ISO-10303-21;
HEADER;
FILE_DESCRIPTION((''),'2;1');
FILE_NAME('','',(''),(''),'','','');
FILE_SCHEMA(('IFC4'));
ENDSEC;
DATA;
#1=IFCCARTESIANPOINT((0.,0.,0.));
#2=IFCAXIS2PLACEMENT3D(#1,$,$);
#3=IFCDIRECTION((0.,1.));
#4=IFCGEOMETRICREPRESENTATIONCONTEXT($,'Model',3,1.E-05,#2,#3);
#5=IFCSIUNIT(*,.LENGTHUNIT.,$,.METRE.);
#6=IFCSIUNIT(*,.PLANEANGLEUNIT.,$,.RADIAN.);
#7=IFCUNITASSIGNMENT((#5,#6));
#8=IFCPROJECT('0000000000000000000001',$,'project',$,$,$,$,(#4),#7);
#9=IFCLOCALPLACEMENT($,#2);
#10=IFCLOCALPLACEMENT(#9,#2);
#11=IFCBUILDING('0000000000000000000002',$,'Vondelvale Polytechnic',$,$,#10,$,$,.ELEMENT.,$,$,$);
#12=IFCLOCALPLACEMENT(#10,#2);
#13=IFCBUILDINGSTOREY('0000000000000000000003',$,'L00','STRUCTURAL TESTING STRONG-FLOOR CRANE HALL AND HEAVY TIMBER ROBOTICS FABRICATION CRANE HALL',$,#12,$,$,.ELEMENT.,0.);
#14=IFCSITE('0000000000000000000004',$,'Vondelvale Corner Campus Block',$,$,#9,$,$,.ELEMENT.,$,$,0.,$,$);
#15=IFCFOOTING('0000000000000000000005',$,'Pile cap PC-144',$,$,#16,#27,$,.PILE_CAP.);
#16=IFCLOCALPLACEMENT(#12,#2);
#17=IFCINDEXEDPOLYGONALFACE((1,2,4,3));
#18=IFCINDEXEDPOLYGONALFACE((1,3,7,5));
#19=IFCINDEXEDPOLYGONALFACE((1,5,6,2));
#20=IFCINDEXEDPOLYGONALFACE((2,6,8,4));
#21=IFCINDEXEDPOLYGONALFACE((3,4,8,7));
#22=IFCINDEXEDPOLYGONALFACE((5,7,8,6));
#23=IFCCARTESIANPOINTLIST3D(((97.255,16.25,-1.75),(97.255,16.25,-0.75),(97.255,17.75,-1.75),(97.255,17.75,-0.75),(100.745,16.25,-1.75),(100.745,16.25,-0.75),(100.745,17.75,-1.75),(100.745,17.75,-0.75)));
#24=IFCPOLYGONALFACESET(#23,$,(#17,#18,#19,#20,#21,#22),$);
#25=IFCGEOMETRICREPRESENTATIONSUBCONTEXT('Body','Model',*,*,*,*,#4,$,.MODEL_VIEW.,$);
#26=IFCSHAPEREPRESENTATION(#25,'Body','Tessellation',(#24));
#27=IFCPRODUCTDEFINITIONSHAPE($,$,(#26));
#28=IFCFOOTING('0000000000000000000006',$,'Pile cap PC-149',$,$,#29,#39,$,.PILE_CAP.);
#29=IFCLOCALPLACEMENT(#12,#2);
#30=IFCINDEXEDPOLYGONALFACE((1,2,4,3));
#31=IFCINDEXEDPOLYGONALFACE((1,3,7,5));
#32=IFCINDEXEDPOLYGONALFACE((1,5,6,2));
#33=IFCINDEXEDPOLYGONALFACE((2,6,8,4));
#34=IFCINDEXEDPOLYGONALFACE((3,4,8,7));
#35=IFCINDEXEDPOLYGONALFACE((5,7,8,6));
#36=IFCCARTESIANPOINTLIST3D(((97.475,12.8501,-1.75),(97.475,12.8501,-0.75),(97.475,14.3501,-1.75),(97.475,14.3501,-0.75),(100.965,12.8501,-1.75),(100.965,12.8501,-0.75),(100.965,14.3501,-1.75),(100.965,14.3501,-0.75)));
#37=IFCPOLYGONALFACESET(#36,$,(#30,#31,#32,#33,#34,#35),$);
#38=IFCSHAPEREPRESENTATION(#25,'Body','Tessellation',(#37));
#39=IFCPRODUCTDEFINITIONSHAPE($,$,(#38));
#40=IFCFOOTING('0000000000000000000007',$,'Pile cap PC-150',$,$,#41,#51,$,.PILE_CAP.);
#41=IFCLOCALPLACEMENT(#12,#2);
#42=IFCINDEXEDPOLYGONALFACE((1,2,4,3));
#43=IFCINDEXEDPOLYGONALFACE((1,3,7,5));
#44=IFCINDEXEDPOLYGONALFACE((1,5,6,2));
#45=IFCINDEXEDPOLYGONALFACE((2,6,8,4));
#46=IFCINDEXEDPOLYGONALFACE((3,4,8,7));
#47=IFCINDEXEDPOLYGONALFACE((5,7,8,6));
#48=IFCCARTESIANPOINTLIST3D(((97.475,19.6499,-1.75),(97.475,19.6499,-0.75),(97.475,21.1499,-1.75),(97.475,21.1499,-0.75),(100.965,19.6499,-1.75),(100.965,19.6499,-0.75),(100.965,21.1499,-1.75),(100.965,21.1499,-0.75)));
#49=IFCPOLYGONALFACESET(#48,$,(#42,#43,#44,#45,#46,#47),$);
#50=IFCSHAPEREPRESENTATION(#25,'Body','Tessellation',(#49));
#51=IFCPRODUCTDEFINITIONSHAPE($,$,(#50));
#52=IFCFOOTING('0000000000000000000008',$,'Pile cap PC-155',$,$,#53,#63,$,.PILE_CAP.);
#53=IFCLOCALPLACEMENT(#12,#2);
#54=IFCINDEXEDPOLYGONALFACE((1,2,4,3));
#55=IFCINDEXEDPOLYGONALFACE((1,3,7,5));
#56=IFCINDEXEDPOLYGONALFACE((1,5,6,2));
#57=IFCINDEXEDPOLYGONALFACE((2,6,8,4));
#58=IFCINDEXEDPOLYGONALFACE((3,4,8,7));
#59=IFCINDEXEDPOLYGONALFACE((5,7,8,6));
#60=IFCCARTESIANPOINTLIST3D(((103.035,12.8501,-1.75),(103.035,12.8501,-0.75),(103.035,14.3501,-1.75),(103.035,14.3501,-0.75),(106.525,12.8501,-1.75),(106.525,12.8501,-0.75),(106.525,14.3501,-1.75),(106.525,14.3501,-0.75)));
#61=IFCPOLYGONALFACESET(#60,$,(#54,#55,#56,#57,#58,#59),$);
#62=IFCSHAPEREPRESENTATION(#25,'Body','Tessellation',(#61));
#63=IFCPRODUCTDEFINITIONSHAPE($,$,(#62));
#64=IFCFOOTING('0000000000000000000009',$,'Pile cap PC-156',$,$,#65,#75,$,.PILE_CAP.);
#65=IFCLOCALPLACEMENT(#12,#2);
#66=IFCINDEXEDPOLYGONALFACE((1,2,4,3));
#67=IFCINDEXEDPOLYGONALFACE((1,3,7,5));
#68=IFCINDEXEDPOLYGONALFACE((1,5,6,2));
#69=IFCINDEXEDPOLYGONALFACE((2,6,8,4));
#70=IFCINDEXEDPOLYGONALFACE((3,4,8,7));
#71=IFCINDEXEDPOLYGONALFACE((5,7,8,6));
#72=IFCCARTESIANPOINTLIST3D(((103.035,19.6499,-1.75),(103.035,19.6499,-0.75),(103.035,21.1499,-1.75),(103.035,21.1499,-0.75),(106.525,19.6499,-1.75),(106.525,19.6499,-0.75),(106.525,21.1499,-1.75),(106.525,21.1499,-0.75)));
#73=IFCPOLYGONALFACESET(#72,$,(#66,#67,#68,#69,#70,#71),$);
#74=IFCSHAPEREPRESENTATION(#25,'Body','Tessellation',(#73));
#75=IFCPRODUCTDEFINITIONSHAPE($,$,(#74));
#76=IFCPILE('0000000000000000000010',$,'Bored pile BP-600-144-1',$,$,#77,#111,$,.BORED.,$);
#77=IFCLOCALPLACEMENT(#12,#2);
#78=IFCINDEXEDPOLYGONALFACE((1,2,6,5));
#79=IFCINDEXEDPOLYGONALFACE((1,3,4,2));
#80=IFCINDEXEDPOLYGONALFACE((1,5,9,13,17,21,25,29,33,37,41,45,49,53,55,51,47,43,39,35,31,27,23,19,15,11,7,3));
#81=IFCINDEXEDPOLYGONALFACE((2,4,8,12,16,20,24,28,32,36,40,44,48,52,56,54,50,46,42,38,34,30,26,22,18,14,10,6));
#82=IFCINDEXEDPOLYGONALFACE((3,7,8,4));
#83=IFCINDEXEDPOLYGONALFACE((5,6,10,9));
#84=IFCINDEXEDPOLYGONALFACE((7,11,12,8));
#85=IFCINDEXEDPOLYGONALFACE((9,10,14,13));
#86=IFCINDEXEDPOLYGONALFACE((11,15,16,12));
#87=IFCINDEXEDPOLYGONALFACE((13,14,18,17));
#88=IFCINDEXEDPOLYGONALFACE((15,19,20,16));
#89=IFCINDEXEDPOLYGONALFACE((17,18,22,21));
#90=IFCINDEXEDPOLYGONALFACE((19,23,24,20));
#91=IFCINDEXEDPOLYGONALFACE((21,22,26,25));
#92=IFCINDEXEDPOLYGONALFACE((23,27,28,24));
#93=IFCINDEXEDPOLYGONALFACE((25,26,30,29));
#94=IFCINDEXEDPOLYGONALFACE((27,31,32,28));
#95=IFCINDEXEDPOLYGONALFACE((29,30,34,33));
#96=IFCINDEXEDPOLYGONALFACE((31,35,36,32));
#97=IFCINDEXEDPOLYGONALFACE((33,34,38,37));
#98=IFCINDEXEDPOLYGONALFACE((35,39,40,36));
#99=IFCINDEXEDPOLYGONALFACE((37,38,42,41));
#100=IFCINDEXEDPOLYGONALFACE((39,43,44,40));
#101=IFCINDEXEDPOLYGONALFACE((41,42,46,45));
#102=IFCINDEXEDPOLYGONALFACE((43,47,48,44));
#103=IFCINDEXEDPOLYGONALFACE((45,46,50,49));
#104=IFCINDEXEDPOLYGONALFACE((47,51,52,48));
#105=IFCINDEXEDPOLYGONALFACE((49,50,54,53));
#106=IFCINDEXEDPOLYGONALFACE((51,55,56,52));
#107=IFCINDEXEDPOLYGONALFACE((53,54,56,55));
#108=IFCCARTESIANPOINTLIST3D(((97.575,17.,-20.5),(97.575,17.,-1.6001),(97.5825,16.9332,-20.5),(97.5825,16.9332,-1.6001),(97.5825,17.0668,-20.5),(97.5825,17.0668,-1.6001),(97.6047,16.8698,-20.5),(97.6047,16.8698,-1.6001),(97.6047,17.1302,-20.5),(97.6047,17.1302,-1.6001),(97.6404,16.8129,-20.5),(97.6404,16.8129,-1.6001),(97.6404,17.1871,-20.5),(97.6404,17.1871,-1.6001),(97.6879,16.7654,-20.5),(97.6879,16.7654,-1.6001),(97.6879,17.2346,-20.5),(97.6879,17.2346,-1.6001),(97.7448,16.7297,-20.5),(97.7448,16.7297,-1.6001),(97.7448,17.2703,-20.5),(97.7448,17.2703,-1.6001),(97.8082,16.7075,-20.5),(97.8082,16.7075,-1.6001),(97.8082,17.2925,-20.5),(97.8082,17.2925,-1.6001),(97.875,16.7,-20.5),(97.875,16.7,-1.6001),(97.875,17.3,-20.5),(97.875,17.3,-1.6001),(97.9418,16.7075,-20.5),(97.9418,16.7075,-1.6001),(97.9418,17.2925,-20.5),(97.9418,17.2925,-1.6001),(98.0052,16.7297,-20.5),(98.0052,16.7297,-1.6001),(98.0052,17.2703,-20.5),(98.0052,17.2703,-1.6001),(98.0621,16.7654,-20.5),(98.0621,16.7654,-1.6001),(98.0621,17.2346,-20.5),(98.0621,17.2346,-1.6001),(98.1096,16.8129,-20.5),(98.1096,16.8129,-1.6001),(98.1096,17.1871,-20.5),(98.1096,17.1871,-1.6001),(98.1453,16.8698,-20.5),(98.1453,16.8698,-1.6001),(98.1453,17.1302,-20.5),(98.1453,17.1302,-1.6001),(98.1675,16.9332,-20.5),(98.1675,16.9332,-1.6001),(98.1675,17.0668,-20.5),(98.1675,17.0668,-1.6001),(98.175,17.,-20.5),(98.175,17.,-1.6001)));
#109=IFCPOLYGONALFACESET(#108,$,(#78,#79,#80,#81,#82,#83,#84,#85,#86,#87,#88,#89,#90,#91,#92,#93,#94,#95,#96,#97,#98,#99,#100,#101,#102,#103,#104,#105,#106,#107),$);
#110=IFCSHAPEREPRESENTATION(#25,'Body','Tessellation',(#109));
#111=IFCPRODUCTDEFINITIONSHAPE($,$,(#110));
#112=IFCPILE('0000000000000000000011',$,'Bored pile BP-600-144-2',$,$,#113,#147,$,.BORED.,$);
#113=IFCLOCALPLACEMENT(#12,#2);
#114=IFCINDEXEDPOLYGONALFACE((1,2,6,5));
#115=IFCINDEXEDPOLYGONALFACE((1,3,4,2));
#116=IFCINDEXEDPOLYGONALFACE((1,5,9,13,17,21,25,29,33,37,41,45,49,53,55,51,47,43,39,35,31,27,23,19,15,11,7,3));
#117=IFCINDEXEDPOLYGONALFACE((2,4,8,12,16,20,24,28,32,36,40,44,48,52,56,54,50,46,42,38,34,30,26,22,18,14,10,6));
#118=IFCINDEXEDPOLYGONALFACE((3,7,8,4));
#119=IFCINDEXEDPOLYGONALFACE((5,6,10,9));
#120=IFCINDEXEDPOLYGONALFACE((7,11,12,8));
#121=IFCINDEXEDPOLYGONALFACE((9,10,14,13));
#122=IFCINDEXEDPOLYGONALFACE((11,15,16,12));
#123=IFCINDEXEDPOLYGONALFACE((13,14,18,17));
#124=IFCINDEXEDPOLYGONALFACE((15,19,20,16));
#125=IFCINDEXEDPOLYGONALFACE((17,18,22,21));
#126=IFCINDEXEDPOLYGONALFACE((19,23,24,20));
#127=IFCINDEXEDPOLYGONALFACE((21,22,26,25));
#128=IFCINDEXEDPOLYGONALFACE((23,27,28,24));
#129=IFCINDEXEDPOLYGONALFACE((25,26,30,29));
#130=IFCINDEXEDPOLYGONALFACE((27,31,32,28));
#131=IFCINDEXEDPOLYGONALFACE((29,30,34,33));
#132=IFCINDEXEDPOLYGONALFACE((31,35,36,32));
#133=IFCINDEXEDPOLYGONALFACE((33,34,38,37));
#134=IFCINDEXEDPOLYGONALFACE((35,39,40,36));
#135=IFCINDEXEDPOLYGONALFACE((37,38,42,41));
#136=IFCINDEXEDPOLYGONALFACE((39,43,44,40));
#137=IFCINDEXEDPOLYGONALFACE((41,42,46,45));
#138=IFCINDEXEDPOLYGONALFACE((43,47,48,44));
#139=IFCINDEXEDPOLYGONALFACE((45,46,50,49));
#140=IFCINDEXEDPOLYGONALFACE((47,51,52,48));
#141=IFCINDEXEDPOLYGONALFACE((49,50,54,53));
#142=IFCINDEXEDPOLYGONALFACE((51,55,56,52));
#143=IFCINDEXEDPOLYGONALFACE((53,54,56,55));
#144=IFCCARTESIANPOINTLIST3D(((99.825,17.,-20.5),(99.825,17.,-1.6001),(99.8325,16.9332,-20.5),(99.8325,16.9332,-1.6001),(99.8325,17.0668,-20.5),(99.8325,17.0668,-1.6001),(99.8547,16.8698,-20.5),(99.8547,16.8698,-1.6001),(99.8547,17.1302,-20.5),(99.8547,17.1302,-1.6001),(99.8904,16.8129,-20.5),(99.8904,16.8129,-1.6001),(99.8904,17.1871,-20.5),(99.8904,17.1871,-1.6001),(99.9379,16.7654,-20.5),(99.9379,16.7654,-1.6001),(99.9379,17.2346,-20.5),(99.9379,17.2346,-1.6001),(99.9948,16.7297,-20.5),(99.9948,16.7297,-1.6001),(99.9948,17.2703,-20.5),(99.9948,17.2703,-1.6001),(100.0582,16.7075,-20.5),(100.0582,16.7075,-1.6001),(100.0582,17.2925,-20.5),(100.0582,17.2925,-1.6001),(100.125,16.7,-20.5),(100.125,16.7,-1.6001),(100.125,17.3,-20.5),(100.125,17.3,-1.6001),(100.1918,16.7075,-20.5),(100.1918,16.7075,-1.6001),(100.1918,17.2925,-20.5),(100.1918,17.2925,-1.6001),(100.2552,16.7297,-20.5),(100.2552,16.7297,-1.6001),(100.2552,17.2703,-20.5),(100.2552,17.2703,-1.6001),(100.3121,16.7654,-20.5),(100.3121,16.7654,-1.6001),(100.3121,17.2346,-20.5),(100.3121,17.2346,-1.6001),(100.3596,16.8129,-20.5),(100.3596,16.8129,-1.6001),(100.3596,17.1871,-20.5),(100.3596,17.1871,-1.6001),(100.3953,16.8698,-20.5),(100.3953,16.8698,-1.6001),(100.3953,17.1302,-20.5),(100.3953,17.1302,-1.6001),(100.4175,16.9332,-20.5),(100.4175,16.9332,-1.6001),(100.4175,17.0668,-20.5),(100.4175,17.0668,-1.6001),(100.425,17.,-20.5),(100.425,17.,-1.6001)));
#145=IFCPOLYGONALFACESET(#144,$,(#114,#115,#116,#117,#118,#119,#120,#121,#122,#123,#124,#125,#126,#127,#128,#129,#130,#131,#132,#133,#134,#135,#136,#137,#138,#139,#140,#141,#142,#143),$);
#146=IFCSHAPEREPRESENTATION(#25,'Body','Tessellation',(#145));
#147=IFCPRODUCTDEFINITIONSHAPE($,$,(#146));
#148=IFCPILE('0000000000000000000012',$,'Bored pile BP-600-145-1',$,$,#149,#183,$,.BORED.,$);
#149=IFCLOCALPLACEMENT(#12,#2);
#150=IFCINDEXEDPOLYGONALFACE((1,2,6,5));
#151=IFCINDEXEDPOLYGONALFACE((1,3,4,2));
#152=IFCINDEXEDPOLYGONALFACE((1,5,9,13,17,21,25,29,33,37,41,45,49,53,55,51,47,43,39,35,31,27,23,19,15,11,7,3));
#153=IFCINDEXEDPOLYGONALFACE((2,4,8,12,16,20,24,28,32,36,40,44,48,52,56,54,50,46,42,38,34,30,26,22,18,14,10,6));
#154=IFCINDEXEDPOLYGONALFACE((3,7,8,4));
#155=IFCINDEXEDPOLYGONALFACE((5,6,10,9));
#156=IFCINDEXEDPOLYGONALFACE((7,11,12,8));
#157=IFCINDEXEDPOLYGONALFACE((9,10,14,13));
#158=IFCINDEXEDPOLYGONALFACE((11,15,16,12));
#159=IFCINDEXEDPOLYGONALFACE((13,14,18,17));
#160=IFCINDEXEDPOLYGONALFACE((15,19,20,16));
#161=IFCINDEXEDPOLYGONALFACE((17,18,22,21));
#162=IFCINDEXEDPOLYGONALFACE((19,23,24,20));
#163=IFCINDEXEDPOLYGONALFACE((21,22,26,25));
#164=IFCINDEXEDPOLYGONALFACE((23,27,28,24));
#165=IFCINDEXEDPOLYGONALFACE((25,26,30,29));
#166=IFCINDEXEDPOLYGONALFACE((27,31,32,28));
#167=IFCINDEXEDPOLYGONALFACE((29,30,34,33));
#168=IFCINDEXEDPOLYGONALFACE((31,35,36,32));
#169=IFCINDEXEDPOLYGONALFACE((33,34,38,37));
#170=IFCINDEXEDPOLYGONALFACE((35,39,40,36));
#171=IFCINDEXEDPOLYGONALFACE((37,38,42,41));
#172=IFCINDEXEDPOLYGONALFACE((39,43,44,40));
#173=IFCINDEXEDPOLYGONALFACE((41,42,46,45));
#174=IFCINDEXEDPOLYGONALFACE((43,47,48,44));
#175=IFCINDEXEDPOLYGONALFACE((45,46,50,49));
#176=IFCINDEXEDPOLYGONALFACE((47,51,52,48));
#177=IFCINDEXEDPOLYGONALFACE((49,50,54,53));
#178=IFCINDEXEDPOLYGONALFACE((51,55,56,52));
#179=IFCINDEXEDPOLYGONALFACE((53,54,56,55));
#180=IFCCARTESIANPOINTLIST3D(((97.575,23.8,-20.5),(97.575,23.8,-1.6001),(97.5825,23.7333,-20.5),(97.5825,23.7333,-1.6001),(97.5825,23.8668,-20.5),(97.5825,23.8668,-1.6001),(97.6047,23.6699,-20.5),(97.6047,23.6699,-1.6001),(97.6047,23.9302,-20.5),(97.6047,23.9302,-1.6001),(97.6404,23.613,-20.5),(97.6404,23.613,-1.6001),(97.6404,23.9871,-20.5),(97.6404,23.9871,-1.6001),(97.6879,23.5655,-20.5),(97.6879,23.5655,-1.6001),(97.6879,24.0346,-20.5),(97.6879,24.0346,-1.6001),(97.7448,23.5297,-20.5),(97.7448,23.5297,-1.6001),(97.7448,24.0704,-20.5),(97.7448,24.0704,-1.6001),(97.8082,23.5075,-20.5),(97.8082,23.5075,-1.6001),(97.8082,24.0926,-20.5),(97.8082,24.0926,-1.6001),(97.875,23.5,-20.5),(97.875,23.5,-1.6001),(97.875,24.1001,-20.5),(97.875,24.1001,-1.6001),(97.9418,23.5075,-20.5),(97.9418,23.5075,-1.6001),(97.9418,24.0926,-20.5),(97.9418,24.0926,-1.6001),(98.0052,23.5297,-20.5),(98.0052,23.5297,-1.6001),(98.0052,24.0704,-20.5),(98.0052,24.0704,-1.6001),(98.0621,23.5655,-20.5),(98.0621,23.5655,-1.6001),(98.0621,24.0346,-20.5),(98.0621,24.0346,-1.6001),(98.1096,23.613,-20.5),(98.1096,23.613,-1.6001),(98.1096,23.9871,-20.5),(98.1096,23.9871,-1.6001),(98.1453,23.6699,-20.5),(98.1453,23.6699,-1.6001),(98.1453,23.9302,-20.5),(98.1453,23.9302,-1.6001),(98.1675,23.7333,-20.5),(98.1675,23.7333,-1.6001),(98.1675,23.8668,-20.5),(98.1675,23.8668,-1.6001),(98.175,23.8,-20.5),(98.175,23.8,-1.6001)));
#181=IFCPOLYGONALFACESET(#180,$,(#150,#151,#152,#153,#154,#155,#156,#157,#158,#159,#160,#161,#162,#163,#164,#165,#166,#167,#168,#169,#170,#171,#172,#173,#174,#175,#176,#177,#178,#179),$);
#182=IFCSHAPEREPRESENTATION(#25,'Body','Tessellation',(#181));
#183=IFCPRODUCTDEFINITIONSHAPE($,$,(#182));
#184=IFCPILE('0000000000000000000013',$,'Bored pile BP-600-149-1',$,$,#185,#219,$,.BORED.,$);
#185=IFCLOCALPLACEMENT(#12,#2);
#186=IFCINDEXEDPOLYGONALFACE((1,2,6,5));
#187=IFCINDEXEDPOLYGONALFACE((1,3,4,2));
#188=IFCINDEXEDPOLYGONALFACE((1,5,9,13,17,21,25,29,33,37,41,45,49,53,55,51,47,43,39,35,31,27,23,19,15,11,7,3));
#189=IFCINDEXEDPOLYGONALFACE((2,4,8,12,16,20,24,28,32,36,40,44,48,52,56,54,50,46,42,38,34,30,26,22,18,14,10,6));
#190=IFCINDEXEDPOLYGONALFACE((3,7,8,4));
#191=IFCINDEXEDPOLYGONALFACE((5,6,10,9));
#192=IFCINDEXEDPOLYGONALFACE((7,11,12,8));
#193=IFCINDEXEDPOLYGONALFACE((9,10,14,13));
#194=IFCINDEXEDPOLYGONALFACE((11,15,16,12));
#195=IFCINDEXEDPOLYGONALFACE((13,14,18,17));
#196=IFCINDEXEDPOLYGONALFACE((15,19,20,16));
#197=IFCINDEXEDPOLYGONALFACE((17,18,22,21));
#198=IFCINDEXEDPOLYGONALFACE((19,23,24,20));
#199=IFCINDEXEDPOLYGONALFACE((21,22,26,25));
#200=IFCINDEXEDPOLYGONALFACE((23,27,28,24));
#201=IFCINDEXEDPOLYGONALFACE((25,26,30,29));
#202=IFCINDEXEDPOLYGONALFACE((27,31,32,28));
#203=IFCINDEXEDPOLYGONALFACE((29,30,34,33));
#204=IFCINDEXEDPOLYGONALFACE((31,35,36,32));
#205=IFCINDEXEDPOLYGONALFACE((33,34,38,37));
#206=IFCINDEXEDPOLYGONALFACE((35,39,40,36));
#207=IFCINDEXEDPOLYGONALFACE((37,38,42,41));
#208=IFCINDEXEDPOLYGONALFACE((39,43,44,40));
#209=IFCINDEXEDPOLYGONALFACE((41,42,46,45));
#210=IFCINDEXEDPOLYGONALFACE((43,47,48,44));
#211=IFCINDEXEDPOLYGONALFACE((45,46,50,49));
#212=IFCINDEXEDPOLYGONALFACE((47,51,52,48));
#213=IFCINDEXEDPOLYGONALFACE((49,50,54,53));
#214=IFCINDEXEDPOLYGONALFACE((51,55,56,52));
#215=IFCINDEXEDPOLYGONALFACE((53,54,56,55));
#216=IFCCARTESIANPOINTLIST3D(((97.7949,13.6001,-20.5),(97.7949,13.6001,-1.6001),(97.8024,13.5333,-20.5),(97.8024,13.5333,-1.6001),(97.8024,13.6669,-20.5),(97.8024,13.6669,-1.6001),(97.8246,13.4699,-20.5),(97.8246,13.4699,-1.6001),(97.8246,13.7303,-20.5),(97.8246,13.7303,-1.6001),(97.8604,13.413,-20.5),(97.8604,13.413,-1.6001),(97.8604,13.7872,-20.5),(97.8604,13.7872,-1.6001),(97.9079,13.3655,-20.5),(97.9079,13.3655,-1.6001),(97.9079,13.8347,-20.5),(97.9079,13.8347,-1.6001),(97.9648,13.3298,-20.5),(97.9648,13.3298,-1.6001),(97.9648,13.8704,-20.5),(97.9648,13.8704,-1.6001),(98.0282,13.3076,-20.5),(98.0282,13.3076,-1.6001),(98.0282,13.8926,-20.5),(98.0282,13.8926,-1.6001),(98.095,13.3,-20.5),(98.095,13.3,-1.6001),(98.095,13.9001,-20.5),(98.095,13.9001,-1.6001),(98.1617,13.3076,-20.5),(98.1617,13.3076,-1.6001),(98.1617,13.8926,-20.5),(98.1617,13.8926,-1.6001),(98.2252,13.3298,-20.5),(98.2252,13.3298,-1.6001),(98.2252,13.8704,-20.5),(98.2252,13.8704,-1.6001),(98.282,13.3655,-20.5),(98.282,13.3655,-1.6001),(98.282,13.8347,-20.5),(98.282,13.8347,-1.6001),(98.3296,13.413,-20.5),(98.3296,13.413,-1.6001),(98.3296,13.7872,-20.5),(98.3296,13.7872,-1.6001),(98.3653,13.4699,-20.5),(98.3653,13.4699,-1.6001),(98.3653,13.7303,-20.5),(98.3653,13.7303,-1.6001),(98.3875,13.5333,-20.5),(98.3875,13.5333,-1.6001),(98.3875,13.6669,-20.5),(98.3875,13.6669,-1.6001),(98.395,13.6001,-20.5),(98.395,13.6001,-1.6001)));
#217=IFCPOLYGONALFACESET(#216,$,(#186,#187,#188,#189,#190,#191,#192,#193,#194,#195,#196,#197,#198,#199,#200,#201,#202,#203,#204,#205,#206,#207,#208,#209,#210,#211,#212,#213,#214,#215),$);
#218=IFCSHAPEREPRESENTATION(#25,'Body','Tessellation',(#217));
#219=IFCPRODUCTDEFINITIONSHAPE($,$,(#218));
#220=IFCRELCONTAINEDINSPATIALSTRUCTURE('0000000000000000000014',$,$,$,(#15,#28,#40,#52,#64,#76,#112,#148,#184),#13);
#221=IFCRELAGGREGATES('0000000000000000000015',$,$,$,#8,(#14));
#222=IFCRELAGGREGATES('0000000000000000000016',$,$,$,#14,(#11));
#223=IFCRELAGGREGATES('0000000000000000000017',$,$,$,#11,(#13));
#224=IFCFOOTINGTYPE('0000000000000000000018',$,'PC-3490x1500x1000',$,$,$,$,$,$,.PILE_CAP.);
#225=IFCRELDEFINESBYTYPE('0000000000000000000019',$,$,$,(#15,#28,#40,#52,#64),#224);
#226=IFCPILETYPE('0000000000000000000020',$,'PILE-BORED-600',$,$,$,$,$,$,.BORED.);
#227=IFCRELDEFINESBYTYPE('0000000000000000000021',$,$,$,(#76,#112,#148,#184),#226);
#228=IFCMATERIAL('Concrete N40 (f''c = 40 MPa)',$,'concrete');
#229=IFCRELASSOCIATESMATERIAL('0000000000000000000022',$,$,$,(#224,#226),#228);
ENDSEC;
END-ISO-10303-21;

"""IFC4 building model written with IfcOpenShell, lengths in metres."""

from ifc_helpers import new_model, si_unit, direction, frame, origin, origin_2d, place, context, subcontext, project, spatial, rectangle, circle, extrude, material, material_profile, profile_set, type_object, element, save


model = new_model("IFC4")

# Units and contexts
model_context = context("Model", 3, precision=1e-05, world=origin(), true_north=direction((0.0, 1.0)))
body_context = subcontext(model_context, "Body", "Model", "MODEL_VIEW")
ifc_project = project(units=[si_unit("LENGTHUNIT", "METRE"), si_unit("PLANEANGLEUNIT", "RADIAN")], contexts=[model_context])

# Site, building, storey
site_placement = place(None, origin())
site = spatial("IfcSite", under=ifc_project, at=site_placement, Name="Vondelvale Corner Campus Block", CompositionType="ELEMENT", RefElevation=0.0)
building_placement = place(site_placement, origin())
building = spatial("IfcBuilding", under=site, at=building_placement, Name="Vondelvale Polytechnic", CompositionType="ELEMENT")
storey_placement = place(building_placement, origin())
storey = spatial("IfcBuildingStorey", under=building, at=storey_placement, Name="L00", Description="STRUCTURAL TESTING STRONG-FLOOR CRANE HALL AND HEAVY TIMBER ROBOTICS FABRICATION CRANE HALL", CompositionType="ELEMENT", Elevation=0.0)

# Footings
ifc_material_1 = material(Name="Concrete N40 (f'c = 40 MPa)", Category="concrete")
footing_type = type_object("IfcFootingType", Name="PC-3490x1500x1000", PredefinedType="PILE_CAP", material=ifc_material_1)
for number, where, z_axis, x_axis, name in (
    (1, (99.0, 17.0, -1.75), (0.0, 0.0, 1.0), (1.0, 0.0, 0.0), "Pile cap PC-144"),
    (2, (99.22, 13.6001, -1.75), (0.0, 0.0, 1.0), (1.0, 0.0, 0.0), "Pile cap PC-149"),
    (3, (99.22, 20.3999, -1.75), (0.0, 0.0, 1.0), (1.0, 0.0, 0.0), "Pile cap PC-150"),
    (4, (104.78, 13.6001, -1.75), (0.0, 0.0, 1.0), (1.0, 0.0, 0.0), "Pile cap PC-155"),
    (5, (104.78, 20.3999, -1.75), (0.0, 0.0, 1.0), (1.0, 0.0, 0.0), "Pile cap PC-156"),
):
    element("IfcFooting", number, at=place(storey_placement, frame(where, z_axis=z_axis, x_axis=x_axis)), inside=storey, type_object=footing_type, Name=name, PredefinedType="PILE_CAP", context=body_context, shape_type="SweptSolid", body=[
        extrude(rectangle(XDim=3.49, YDim=1.5, at=origin_2d()), origin(), (0.0, 0.0, 1.0), 1.0),
    ])

# Piles
ifc_material_profile_1 = material_profile(ifc_material_1, circle(Radius=0.3, at=origin_2d()), Name="PILE-D600")
ifc_profile_set_1 = profile_set([ifc_material_profile_1], Name="Concrete N40 (f'c = 40 MPa)")
pile_type = type_object("IfcPileType", Name="PILE-BORED-600", PredefinedType="BORED", material=ifc_profile_set_1)
for number, where, z_axis, x_axis, name in (
    (6, (97.875, 17.0, -1.6001), (0.0, 0.0, -1.0), (1.0, 0.0, 0.0), "Bored pile BP-600-144-1"),
    (7, (100.125, 17.0, -1.6001), (0.0, 0.0, -1.0), (1.0, 0.0, 0.0), "Bored pile BP-600-144-2"),
    (8, (97.875, 23.8, -1.6001), (0.0, 0.0, -1.0), (1.0, 0.0, 0.0), "Bored pile BP-600-145-1"),
    (9, (98.095, 13.6001, -1.6001), (0.0, 0.0, -1.0), (1.0, 0.0, 0.0), "Bored pile BP-600-149-1"),
):
    element("IfcPile", number, at=place(storey_placement, frame(where, z_axis=z_axis, x_axis=x_axis)), inside=storey, type_object=pile_type, Name=name, PredefinedType="BORED", context=body_context, shape_type="SweptSolid", body=[
        extrude(circle(Radius=0.3, at=origin_2d()), origin(), (0.0, 0.0, 1.0), 18.8999),
    ])

save(model, "model.ifc")
